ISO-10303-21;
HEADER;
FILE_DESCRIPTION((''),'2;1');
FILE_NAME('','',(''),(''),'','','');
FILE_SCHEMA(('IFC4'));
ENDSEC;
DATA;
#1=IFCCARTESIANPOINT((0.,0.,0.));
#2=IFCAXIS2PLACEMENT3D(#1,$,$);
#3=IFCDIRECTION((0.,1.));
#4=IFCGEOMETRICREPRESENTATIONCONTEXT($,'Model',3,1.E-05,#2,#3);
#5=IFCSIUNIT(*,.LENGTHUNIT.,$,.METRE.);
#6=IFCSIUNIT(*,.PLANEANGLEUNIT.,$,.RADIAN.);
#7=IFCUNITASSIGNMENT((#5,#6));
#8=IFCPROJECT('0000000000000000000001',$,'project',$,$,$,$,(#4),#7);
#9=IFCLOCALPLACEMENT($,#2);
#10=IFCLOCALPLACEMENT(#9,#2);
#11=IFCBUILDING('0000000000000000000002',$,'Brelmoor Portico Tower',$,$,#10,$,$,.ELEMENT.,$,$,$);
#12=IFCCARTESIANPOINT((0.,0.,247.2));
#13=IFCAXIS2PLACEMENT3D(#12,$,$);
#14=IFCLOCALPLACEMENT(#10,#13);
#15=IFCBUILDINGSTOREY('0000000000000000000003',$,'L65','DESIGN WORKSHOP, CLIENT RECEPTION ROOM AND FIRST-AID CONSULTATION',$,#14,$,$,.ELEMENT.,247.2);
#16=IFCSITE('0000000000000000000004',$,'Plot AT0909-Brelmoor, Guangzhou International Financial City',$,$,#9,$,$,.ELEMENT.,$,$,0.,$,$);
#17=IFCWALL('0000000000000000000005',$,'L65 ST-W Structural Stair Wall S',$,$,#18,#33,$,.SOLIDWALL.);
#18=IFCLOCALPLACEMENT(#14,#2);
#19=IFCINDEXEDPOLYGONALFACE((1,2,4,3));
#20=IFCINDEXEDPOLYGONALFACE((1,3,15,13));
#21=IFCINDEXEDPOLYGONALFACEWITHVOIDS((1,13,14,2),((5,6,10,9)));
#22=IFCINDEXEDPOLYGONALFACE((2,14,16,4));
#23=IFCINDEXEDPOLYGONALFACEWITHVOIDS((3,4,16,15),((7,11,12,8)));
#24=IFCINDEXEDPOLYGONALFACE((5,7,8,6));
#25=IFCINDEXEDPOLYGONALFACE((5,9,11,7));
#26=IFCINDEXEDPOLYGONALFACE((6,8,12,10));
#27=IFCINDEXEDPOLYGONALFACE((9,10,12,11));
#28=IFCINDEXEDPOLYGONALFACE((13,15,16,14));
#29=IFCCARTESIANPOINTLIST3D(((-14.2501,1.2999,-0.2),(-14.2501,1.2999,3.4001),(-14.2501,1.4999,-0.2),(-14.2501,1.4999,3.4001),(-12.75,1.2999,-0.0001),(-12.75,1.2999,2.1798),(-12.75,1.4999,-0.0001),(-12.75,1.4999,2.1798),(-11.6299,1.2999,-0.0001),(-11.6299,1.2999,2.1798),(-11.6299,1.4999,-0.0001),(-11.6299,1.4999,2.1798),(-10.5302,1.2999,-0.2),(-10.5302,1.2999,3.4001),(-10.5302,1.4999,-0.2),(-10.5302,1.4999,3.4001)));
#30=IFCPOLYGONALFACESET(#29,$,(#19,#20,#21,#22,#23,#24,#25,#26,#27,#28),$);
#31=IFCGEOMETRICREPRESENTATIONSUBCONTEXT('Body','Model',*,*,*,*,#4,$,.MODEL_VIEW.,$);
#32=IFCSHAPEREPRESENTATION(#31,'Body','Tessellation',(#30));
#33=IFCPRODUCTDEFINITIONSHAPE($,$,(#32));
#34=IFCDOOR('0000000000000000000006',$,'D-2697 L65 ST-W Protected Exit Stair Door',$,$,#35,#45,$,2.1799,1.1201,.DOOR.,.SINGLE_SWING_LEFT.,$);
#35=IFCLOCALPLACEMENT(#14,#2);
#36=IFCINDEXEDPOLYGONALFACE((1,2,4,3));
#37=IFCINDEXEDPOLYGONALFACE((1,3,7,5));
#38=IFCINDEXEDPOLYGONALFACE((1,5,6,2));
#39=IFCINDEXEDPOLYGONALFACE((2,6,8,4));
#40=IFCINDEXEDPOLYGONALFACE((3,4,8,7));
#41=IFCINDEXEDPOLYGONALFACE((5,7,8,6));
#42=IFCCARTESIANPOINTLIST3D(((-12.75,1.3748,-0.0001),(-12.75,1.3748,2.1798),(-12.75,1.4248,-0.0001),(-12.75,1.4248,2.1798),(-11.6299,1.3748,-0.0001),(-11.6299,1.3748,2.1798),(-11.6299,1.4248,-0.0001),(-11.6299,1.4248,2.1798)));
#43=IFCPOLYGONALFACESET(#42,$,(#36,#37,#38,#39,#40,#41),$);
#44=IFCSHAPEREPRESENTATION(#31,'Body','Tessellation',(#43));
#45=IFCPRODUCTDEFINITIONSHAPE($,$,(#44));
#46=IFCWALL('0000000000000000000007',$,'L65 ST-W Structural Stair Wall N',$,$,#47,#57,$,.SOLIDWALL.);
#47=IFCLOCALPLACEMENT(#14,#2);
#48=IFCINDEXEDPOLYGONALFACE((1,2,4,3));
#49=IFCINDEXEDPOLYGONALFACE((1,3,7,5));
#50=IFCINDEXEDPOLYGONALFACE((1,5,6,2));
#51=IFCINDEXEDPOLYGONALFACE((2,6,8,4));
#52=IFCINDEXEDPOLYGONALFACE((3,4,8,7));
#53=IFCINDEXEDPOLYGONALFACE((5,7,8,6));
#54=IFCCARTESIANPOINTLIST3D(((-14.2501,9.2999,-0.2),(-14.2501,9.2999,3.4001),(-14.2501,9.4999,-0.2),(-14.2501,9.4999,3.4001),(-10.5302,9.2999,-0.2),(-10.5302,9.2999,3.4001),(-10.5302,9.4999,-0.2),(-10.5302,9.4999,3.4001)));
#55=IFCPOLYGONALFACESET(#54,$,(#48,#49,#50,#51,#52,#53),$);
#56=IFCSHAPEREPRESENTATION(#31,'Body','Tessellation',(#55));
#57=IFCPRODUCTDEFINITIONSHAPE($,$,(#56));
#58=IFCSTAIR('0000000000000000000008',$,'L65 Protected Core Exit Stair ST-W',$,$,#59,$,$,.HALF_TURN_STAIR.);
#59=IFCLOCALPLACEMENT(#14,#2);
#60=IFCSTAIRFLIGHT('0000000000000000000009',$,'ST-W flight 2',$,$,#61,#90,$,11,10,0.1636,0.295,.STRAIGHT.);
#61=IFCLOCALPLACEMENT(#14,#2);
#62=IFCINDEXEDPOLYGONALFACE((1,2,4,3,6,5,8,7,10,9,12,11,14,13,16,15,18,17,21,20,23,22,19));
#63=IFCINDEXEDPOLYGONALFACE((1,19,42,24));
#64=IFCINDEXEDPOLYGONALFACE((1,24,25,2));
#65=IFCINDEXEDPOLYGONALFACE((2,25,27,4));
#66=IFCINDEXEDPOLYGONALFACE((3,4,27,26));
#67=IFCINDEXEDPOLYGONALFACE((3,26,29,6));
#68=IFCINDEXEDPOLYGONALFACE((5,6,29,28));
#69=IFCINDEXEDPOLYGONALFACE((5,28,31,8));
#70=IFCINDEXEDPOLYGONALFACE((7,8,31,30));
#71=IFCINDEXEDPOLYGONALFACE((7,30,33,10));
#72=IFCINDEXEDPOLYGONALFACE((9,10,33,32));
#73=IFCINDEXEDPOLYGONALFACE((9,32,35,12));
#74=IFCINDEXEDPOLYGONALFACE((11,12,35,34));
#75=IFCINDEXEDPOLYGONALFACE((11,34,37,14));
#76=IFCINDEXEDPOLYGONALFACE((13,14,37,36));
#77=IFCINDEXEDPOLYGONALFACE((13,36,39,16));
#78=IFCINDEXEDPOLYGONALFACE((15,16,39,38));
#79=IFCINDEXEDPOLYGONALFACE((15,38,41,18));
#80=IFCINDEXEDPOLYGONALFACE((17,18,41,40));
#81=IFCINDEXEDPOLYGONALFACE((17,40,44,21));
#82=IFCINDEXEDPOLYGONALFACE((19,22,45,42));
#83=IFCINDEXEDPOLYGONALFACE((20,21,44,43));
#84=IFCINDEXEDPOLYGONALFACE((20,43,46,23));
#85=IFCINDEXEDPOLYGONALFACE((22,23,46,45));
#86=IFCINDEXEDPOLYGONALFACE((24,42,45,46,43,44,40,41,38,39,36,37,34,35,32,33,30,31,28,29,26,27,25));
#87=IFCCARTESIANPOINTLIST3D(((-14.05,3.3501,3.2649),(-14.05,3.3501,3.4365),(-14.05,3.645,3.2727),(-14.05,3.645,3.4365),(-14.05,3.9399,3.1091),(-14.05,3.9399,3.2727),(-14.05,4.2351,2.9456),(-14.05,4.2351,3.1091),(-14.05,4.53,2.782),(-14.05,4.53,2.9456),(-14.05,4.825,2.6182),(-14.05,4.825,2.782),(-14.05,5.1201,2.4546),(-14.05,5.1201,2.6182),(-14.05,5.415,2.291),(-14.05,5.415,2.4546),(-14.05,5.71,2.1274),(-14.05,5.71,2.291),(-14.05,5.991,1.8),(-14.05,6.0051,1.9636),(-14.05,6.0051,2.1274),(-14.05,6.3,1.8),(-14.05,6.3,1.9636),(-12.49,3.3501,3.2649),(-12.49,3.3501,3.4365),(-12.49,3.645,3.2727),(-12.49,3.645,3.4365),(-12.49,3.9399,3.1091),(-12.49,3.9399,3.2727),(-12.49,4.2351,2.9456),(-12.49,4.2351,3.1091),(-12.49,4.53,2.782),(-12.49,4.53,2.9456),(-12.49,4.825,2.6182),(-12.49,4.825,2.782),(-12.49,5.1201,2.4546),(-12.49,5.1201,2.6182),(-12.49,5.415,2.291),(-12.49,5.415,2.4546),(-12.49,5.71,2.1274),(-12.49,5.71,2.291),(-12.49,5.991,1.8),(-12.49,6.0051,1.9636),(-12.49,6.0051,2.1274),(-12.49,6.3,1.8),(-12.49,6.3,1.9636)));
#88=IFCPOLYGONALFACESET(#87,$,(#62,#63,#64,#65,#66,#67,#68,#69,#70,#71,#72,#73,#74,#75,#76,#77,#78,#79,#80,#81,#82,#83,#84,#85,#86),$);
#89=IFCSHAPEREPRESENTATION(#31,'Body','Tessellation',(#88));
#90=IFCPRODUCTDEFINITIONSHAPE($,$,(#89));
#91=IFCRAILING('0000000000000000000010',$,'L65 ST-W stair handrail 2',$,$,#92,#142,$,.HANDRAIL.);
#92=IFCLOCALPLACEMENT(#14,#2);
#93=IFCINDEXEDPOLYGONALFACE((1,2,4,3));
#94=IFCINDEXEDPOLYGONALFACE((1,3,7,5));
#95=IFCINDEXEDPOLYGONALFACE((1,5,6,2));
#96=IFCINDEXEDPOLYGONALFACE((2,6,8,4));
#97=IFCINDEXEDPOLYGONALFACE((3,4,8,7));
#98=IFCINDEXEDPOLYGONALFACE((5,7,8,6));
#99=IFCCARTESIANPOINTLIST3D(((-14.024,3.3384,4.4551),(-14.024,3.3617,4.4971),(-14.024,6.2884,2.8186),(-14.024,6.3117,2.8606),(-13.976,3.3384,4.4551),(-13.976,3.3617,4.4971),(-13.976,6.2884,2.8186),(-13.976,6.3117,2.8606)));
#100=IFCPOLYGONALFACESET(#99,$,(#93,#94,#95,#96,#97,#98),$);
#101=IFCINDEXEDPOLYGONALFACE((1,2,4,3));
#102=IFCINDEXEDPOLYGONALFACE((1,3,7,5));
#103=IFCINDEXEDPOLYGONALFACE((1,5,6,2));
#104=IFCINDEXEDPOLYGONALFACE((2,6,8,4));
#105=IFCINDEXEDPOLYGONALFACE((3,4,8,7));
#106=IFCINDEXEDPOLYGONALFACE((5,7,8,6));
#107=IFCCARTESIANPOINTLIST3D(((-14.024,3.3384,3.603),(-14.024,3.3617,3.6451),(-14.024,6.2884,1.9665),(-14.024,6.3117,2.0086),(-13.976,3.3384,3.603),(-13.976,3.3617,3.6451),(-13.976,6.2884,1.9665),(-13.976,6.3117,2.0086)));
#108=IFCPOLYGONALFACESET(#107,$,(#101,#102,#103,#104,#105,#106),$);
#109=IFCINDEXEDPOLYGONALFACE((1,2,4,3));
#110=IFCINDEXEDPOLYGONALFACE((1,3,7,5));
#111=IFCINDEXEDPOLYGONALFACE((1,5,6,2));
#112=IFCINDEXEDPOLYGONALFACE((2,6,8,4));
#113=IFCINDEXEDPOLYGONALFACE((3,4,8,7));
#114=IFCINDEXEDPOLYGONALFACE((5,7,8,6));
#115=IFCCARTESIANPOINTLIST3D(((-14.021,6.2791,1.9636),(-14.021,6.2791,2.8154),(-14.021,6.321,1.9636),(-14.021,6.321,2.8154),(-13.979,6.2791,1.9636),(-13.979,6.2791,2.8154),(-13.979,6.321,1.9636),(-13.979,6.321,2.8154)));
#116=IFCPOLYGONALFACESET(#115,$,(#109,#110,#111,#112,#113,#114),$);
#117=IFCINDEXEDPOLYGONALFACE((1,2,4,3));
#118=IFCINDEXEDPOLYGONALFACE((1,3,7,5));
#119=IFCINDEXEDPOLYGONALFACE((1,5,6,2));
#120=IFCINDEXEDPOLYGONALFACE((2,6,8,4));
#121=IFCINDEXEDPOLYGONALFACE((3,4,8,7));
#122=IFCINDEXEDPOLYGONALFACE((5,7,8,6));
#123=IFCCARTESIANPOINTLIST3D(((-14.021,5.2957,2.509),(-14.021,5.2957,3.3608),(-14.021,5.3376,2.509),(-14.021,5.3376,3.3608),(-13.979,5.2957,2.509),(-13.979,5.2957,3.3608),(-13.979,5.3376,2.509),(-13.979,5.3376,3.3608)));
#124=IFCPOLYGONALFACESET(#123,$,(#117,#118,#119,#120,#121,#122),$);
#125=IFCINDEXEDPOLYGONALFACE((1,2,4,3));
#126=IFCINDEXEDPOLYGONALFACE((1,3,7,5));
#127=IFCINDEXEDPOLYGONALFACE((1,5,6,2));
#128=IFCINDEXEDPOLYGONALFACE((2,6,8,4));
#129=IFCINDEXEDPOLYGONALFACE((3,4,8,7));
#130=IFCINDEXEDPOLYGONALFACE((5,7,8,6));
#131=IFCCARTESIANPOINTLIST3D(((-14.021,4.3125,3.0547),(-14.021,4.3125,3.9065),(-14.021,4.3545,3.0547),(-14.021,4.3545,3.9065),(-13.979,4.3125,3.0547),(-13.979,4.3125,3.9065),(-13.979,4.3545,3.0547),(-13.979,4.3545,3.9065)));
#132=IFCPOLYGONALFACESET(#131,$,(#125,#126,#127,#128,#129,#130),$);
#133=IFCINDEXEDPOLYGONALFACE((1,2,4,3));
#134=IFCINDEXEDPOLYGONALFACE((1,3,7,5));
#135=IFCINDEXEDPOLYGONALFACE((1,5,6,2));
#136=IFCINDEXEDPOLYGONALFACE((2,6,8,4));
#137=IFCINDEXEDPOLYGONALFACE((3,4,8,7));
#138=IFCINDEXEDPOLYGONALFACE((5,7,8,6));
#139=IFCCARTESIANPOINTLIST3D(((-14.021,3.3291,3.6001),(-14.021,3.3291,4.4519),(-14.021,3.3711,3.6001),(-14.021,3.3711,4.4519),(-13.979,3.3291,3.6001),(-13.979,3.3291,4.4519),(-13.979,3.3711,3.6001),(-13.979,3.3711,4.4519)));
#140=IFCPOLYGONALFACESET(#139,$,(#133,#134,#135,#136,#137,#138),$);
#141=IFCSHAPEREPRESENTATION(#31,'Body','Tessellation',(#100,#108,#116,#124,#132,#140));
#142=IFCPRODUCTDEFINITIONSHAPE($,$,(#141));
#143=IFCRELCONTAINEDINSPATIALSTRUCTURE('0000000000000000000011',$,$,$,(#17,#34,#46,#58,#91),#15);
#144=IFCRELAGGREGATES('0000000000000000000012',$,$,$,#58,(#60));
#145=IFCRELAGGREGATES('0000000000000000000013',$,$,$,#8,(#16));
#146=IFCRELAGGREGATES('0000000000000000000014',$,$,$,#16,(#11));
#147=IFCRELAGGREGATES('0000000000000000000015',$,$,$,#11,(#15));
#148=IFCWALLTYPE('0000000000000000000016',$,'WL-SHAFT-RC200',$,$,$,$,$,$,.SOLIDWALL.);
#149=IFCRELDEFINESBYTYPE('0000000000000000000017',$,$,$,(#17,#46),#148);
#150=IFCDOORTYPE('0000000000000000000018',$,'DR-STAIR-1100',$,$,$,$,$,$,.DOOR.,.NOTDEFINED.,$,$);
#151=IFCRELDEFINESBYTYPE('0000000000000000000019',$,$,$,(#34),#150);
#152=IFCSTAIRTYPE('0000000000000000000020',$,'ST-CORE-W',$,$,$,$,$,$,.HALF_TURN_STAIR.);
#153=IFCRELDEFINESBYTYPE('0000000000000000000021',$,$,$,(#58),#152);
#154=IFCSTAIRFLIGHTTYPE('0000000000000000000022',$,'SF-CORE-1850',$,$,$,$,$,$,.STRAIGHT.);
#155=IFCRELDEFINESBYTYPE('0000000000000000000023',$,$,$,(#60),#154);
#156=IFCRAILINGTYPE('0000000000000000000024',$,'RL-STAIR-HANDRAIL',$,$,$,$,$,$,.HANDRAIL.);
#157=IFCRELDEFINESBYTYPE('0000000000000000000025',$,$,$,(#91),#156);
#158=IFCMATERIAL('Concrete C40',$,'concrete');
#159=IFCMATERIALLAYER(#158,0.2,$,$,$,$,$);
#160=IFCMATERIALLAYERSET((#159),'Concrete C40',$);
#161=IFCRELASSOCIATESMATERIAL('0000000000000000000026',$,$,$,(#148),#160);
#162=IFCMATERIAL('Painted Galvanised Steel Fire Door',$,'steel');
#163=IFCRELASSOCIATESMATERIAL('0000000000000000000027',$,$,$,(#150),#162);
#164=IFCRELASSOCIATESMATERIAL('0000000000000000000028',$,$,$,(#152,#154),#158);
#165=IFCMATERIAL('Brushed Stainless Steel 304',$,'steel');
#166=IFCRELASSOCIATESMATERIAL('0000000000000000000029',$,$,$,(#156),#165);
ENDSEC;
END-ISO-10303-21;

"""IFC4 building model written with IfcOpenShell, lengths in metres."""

from ifc_helpers import new_model, si_unit, direction, frame, frame_2d, origin, origin_2d, place, context, subcontext, project, spatial, polyline, rectangle, outline, extrude, material, layer, layer_set, type_object, element, fill, aggregate, save


model = new_model("IFC4")

# Units and contexts
model_context = context("Model", 3, precision=1e-05, world=origin(), true_north=direction((0.0, 1.0)))
body_context = subcontext(model_context, "Body", "Model", "MODEL_VIEW")
ifc_project = project(units=[si_unit("LENGTHUNIT", "METRE"), si_unit("PLANEANGLEUNIT", "RADIAN")], contexts=[model_context])

# Site, building, storey
site_placement = place(None, origin())
site = spatial("IfcSite", under=ifc_project, at=site_placement, Name="Plot AT0909-Brelmoor, Guangzhou International Financial City", CompositionType="ELEMENT", RefElevation=0.0)
building_placement = place(site_placement, origin())
building = spatial("IfcBuilding", under=site, at=building_placement, Name="Brelmoor Portico Tower", CompositionType="ELEMENT")
storey_placement = place(building_placement, frame((0.0, 0.0, 247.2)))
storey = spatial("IfcBuildingStorey", under=building, at=storey_placement, Name="L65", Description="DESIGN WORKSHOP, CLIENT RECEPTION ROOM AND FIRST-AID CONSULTATION", CompositionType="ELEMENT", Elevation=247.2)

# Shared definitions
ifc_material_1 = material(Name="Concrete C40", Category="concrete")
ifc_layer_1 = layer(ifc_material_1, 0.2)
ifc_layer_set_1 = layer_set([ifc_layer_1], Name="Concrete C40")
wall_type_1 = type_object("IfcWallType", Name="WL-SHAFT-RC200", PredefinedType="SOLIDWALL", material=ifc_layer_set_1)

# Wall, opening, door
wall_1_placement = place(storey_placement, frame((-14.25, 1.3999, -0.2), z_axis=(0.0, 0.0, 1.0), x_axis=(1.0, 0.0, 0.0)))
wall_1 = element("IfcWall", 1, at=wall_1_placement, inside=storey, type_object=wall_type_1, Name="L65 ST-W Structural Stair Wall S", PredefinedType="SOLIDWALL", context=body_context, shape_type="SweptSolid", body=[
    extrude(rectangle(XDim=3.72, YDim=0.2, at=frame_2d((1.8599, 0.0))), origin(), (0.0, 0.0, 1.0), 3.6001),
])
opening_1_placement = place(wall_1_placement, frame((1.5, 0.0, 0.2)))
opening_1 = element("IfcOpeningElement", 2, at=opening_1_placement, cuts=wall_1, PredefinedType="OPENING", context=body_context, shape_type="SweptSolid", body=[
    extrude(rectangle(XDim=1.1201, YDim=2.1799, at=frame_2d((0.5601, 1.0898))), frame((0.0, 0.1099, 0.0), z_axis=(0.0, -1.0, 0.0), x_axis=(1.0, 0.0, 0.0)), (0.0, 0.0, 1.0), 0.22),
])
ifc_material_2 = material(Name="Painted Galvanised Steel Fire Door", Category="steel")
door_type_1 = type_object("IfcDoorType", Name="DR-STAIR-1100", OperationType="NOTDEFINED", PredefinedType="DOOR", material=ifc_material_2)
door_1_placement = place(opening_1_placement, origin())
door_1 = element("IfcDoor", 3, at=door_1_placement, inside=storey, type_object=door_type_1, Name="D-2697 L65 ST-W Protected Exit Stair Door", OperationType="SINGLE_SWING_LEFT", OverallHeight=2.1799, OverallWidth=1.1201, PredefinedType="DOOR", context=body_context, shape_type="SweptSolid", body=[
    extrude(rectangle(XDim=1.1201, YDim=2.1799, at=frame_2d((0.5601, 1.0898))), frame((0.0, 0.0249, 0.0), z_axis=(0.0, -1.0, 0.0), x_axis=(1.0, 0.0, 0.0)), (0.0, 0.0, 1.0), 0.05),
])
fill(opening_1, door_1)

# Wall
wall_2_placement = place(storey_placement, frame((-14.25, 9.3999, -0.2), z_axis=(0.0, 0.0, 1.0), x_axis=(1.0, 0.0, 0.0)))
element("IfcWall", 4, at=wall_2_placement, inside=storey, type_object=wall_type_1, Name="L65 ST-W Structural Stair Wall N", PredefinedType="SOLIDWALL", context=body_context, shape_type="SweptSolid", body=[
    extrude(rectangle(XDim=3.72, YDim=0.2, at=frame_2d((1.8599, 0.0))), origin(), (0.0, 0.0, 1.0), 3.6001),
])

# Stair, stair flight
stair_type = type_object("IfcStairType", Name="ST-CORE-W", PredefinedType="HALF_TURN_STAIR", material=ifc_material_1)
stair_placement = place(storey_placement, origin())
stair = element("IfcStair", 5, at=stair_placement, inside=storey, type_object=stair_type, Name="L65 Protected Core Exit Stair ST-W", PredefinedType="HALF_TURN_STAIR")
stair_flight_type = type_object("IfcStairFlightType", Name="SF-CORE-1850", PredefinedType="STRAIGHT", material=ifc_material_1)
stair_flight_placement = place(storey_placement, frame((-13.27, 6.3, 1.8), z_axis=(0.0, 0.0, 1.0), x_axis=(0.0, -1.0, 0.0)))
stair_flight = element("IfcStairFlight", 6, at=stair_flight_placement, type_object=stair_flight_type, Name="ST-W flight 2", NumberOfRisers=11, NumberOfTreads=10, PredefinedType="STRAIGHT", RiserHeight=0.1636, TreadLength=0.295, context=body_context, shape_type="SweptSolid", body=[
    extrude(outline(polyline([(0.0, 0.0), (0.0, 0.1636), (0.2949, 0.1636), (0.2949, 0.3274), (0.5901, 0.3274), (0.5901, 0.491), (0.885, 0.491), (0.885, 0.6545), (1.1799, 0.6545), (1.1799, 0.8181), (1.4751, 0.8181), (1.4751, 0.9819), (1.77, 0.9819), (1.77, 1.1455), (2.0649, 1.1455), (2.0649, 1.3091), (2.3601, 1.3091), (2.3601, 1.4727), (2.655, 1.4727), (2.655, 1.6365), (2.95, 1.6365), (2.95, 1.8), (2.95, 1.4648), (0.3091, 0.0), (0.0, 0.0)])), frame((0.0, 0.78, 0.0), z_axis=(0.0, -1.0, 0.0), x_axis=(1.0, 0.0, 0.0)), (0.0, 0.0, 1.0), 1.5601),
])
aggregate(stair, [stair_flight])

# Railing
ifc_material_3 = material(Name="Brushed Stainless Steel 304", Category="steel")
railing_type = type_object("IfcRailingType", Name="RL-STAIR-HANDRAIL", PredefinedType="HANDRAIL", material=ifc_material_3)
railing_placement = place(storey_placement, frame((-14.0, 6.3, 1.9636)))
element("IfcRailing", 7, at=railing_placement, inside=storey, type_object=railing_type, Name="L65 ST-W stair handrail 2", PredefinedType="HANDRAIL", context=body_context, shape_type="SweptSolid", body=[
    extrude(rectangle(XDim=0.0481, YDim=0.0481, at=origin_2d()), frame((0.0, 0.0, 0.876), z_axis=(0.0, -0.874458, 0.485102), x_axis=(1.0, 0.0, 0.0)), (0.0, 0.0, 1.0), 3.3735),
    extrude(rectangle(XDim=0.0481, YDim=0.0481, at=origin_2d()), frame((0.0, 0.0, 0.0239), z_axis=(0.0, -0.874458, 0.485102), x_axis=(1.0, 0.0, 0.0)), (0.0, 0.0, 1.0), 3.3735),
    extrude(rectangle(XDim=0.042, YDim=0.042, at=origin_2d()), origin(), (0.0, 0.0, 1.0), 0.8518),
    extrude(rectangle(XDim=0.042, YDim=0.042, at=origin_2d()), frame((0.0, -0.9834, 0.5454)), (0.0, 0.0, 1.0), 0.8518),
    extrude(rectangle(XDim=0.042, YDim=0.042, at=origin_2d()), frame((0.0, -1.9666, 1.0911)), (0.0, 0.0, 1.0), 0.8518),
    extrude(rectangle(XDim=0.042, YDim=0.042, at=origin_2d()), frame((0.0, -2.95, 1.6365)), (0.0, 0.0, 1.0), 0.8518),
])

save(model, "model.ifc")
